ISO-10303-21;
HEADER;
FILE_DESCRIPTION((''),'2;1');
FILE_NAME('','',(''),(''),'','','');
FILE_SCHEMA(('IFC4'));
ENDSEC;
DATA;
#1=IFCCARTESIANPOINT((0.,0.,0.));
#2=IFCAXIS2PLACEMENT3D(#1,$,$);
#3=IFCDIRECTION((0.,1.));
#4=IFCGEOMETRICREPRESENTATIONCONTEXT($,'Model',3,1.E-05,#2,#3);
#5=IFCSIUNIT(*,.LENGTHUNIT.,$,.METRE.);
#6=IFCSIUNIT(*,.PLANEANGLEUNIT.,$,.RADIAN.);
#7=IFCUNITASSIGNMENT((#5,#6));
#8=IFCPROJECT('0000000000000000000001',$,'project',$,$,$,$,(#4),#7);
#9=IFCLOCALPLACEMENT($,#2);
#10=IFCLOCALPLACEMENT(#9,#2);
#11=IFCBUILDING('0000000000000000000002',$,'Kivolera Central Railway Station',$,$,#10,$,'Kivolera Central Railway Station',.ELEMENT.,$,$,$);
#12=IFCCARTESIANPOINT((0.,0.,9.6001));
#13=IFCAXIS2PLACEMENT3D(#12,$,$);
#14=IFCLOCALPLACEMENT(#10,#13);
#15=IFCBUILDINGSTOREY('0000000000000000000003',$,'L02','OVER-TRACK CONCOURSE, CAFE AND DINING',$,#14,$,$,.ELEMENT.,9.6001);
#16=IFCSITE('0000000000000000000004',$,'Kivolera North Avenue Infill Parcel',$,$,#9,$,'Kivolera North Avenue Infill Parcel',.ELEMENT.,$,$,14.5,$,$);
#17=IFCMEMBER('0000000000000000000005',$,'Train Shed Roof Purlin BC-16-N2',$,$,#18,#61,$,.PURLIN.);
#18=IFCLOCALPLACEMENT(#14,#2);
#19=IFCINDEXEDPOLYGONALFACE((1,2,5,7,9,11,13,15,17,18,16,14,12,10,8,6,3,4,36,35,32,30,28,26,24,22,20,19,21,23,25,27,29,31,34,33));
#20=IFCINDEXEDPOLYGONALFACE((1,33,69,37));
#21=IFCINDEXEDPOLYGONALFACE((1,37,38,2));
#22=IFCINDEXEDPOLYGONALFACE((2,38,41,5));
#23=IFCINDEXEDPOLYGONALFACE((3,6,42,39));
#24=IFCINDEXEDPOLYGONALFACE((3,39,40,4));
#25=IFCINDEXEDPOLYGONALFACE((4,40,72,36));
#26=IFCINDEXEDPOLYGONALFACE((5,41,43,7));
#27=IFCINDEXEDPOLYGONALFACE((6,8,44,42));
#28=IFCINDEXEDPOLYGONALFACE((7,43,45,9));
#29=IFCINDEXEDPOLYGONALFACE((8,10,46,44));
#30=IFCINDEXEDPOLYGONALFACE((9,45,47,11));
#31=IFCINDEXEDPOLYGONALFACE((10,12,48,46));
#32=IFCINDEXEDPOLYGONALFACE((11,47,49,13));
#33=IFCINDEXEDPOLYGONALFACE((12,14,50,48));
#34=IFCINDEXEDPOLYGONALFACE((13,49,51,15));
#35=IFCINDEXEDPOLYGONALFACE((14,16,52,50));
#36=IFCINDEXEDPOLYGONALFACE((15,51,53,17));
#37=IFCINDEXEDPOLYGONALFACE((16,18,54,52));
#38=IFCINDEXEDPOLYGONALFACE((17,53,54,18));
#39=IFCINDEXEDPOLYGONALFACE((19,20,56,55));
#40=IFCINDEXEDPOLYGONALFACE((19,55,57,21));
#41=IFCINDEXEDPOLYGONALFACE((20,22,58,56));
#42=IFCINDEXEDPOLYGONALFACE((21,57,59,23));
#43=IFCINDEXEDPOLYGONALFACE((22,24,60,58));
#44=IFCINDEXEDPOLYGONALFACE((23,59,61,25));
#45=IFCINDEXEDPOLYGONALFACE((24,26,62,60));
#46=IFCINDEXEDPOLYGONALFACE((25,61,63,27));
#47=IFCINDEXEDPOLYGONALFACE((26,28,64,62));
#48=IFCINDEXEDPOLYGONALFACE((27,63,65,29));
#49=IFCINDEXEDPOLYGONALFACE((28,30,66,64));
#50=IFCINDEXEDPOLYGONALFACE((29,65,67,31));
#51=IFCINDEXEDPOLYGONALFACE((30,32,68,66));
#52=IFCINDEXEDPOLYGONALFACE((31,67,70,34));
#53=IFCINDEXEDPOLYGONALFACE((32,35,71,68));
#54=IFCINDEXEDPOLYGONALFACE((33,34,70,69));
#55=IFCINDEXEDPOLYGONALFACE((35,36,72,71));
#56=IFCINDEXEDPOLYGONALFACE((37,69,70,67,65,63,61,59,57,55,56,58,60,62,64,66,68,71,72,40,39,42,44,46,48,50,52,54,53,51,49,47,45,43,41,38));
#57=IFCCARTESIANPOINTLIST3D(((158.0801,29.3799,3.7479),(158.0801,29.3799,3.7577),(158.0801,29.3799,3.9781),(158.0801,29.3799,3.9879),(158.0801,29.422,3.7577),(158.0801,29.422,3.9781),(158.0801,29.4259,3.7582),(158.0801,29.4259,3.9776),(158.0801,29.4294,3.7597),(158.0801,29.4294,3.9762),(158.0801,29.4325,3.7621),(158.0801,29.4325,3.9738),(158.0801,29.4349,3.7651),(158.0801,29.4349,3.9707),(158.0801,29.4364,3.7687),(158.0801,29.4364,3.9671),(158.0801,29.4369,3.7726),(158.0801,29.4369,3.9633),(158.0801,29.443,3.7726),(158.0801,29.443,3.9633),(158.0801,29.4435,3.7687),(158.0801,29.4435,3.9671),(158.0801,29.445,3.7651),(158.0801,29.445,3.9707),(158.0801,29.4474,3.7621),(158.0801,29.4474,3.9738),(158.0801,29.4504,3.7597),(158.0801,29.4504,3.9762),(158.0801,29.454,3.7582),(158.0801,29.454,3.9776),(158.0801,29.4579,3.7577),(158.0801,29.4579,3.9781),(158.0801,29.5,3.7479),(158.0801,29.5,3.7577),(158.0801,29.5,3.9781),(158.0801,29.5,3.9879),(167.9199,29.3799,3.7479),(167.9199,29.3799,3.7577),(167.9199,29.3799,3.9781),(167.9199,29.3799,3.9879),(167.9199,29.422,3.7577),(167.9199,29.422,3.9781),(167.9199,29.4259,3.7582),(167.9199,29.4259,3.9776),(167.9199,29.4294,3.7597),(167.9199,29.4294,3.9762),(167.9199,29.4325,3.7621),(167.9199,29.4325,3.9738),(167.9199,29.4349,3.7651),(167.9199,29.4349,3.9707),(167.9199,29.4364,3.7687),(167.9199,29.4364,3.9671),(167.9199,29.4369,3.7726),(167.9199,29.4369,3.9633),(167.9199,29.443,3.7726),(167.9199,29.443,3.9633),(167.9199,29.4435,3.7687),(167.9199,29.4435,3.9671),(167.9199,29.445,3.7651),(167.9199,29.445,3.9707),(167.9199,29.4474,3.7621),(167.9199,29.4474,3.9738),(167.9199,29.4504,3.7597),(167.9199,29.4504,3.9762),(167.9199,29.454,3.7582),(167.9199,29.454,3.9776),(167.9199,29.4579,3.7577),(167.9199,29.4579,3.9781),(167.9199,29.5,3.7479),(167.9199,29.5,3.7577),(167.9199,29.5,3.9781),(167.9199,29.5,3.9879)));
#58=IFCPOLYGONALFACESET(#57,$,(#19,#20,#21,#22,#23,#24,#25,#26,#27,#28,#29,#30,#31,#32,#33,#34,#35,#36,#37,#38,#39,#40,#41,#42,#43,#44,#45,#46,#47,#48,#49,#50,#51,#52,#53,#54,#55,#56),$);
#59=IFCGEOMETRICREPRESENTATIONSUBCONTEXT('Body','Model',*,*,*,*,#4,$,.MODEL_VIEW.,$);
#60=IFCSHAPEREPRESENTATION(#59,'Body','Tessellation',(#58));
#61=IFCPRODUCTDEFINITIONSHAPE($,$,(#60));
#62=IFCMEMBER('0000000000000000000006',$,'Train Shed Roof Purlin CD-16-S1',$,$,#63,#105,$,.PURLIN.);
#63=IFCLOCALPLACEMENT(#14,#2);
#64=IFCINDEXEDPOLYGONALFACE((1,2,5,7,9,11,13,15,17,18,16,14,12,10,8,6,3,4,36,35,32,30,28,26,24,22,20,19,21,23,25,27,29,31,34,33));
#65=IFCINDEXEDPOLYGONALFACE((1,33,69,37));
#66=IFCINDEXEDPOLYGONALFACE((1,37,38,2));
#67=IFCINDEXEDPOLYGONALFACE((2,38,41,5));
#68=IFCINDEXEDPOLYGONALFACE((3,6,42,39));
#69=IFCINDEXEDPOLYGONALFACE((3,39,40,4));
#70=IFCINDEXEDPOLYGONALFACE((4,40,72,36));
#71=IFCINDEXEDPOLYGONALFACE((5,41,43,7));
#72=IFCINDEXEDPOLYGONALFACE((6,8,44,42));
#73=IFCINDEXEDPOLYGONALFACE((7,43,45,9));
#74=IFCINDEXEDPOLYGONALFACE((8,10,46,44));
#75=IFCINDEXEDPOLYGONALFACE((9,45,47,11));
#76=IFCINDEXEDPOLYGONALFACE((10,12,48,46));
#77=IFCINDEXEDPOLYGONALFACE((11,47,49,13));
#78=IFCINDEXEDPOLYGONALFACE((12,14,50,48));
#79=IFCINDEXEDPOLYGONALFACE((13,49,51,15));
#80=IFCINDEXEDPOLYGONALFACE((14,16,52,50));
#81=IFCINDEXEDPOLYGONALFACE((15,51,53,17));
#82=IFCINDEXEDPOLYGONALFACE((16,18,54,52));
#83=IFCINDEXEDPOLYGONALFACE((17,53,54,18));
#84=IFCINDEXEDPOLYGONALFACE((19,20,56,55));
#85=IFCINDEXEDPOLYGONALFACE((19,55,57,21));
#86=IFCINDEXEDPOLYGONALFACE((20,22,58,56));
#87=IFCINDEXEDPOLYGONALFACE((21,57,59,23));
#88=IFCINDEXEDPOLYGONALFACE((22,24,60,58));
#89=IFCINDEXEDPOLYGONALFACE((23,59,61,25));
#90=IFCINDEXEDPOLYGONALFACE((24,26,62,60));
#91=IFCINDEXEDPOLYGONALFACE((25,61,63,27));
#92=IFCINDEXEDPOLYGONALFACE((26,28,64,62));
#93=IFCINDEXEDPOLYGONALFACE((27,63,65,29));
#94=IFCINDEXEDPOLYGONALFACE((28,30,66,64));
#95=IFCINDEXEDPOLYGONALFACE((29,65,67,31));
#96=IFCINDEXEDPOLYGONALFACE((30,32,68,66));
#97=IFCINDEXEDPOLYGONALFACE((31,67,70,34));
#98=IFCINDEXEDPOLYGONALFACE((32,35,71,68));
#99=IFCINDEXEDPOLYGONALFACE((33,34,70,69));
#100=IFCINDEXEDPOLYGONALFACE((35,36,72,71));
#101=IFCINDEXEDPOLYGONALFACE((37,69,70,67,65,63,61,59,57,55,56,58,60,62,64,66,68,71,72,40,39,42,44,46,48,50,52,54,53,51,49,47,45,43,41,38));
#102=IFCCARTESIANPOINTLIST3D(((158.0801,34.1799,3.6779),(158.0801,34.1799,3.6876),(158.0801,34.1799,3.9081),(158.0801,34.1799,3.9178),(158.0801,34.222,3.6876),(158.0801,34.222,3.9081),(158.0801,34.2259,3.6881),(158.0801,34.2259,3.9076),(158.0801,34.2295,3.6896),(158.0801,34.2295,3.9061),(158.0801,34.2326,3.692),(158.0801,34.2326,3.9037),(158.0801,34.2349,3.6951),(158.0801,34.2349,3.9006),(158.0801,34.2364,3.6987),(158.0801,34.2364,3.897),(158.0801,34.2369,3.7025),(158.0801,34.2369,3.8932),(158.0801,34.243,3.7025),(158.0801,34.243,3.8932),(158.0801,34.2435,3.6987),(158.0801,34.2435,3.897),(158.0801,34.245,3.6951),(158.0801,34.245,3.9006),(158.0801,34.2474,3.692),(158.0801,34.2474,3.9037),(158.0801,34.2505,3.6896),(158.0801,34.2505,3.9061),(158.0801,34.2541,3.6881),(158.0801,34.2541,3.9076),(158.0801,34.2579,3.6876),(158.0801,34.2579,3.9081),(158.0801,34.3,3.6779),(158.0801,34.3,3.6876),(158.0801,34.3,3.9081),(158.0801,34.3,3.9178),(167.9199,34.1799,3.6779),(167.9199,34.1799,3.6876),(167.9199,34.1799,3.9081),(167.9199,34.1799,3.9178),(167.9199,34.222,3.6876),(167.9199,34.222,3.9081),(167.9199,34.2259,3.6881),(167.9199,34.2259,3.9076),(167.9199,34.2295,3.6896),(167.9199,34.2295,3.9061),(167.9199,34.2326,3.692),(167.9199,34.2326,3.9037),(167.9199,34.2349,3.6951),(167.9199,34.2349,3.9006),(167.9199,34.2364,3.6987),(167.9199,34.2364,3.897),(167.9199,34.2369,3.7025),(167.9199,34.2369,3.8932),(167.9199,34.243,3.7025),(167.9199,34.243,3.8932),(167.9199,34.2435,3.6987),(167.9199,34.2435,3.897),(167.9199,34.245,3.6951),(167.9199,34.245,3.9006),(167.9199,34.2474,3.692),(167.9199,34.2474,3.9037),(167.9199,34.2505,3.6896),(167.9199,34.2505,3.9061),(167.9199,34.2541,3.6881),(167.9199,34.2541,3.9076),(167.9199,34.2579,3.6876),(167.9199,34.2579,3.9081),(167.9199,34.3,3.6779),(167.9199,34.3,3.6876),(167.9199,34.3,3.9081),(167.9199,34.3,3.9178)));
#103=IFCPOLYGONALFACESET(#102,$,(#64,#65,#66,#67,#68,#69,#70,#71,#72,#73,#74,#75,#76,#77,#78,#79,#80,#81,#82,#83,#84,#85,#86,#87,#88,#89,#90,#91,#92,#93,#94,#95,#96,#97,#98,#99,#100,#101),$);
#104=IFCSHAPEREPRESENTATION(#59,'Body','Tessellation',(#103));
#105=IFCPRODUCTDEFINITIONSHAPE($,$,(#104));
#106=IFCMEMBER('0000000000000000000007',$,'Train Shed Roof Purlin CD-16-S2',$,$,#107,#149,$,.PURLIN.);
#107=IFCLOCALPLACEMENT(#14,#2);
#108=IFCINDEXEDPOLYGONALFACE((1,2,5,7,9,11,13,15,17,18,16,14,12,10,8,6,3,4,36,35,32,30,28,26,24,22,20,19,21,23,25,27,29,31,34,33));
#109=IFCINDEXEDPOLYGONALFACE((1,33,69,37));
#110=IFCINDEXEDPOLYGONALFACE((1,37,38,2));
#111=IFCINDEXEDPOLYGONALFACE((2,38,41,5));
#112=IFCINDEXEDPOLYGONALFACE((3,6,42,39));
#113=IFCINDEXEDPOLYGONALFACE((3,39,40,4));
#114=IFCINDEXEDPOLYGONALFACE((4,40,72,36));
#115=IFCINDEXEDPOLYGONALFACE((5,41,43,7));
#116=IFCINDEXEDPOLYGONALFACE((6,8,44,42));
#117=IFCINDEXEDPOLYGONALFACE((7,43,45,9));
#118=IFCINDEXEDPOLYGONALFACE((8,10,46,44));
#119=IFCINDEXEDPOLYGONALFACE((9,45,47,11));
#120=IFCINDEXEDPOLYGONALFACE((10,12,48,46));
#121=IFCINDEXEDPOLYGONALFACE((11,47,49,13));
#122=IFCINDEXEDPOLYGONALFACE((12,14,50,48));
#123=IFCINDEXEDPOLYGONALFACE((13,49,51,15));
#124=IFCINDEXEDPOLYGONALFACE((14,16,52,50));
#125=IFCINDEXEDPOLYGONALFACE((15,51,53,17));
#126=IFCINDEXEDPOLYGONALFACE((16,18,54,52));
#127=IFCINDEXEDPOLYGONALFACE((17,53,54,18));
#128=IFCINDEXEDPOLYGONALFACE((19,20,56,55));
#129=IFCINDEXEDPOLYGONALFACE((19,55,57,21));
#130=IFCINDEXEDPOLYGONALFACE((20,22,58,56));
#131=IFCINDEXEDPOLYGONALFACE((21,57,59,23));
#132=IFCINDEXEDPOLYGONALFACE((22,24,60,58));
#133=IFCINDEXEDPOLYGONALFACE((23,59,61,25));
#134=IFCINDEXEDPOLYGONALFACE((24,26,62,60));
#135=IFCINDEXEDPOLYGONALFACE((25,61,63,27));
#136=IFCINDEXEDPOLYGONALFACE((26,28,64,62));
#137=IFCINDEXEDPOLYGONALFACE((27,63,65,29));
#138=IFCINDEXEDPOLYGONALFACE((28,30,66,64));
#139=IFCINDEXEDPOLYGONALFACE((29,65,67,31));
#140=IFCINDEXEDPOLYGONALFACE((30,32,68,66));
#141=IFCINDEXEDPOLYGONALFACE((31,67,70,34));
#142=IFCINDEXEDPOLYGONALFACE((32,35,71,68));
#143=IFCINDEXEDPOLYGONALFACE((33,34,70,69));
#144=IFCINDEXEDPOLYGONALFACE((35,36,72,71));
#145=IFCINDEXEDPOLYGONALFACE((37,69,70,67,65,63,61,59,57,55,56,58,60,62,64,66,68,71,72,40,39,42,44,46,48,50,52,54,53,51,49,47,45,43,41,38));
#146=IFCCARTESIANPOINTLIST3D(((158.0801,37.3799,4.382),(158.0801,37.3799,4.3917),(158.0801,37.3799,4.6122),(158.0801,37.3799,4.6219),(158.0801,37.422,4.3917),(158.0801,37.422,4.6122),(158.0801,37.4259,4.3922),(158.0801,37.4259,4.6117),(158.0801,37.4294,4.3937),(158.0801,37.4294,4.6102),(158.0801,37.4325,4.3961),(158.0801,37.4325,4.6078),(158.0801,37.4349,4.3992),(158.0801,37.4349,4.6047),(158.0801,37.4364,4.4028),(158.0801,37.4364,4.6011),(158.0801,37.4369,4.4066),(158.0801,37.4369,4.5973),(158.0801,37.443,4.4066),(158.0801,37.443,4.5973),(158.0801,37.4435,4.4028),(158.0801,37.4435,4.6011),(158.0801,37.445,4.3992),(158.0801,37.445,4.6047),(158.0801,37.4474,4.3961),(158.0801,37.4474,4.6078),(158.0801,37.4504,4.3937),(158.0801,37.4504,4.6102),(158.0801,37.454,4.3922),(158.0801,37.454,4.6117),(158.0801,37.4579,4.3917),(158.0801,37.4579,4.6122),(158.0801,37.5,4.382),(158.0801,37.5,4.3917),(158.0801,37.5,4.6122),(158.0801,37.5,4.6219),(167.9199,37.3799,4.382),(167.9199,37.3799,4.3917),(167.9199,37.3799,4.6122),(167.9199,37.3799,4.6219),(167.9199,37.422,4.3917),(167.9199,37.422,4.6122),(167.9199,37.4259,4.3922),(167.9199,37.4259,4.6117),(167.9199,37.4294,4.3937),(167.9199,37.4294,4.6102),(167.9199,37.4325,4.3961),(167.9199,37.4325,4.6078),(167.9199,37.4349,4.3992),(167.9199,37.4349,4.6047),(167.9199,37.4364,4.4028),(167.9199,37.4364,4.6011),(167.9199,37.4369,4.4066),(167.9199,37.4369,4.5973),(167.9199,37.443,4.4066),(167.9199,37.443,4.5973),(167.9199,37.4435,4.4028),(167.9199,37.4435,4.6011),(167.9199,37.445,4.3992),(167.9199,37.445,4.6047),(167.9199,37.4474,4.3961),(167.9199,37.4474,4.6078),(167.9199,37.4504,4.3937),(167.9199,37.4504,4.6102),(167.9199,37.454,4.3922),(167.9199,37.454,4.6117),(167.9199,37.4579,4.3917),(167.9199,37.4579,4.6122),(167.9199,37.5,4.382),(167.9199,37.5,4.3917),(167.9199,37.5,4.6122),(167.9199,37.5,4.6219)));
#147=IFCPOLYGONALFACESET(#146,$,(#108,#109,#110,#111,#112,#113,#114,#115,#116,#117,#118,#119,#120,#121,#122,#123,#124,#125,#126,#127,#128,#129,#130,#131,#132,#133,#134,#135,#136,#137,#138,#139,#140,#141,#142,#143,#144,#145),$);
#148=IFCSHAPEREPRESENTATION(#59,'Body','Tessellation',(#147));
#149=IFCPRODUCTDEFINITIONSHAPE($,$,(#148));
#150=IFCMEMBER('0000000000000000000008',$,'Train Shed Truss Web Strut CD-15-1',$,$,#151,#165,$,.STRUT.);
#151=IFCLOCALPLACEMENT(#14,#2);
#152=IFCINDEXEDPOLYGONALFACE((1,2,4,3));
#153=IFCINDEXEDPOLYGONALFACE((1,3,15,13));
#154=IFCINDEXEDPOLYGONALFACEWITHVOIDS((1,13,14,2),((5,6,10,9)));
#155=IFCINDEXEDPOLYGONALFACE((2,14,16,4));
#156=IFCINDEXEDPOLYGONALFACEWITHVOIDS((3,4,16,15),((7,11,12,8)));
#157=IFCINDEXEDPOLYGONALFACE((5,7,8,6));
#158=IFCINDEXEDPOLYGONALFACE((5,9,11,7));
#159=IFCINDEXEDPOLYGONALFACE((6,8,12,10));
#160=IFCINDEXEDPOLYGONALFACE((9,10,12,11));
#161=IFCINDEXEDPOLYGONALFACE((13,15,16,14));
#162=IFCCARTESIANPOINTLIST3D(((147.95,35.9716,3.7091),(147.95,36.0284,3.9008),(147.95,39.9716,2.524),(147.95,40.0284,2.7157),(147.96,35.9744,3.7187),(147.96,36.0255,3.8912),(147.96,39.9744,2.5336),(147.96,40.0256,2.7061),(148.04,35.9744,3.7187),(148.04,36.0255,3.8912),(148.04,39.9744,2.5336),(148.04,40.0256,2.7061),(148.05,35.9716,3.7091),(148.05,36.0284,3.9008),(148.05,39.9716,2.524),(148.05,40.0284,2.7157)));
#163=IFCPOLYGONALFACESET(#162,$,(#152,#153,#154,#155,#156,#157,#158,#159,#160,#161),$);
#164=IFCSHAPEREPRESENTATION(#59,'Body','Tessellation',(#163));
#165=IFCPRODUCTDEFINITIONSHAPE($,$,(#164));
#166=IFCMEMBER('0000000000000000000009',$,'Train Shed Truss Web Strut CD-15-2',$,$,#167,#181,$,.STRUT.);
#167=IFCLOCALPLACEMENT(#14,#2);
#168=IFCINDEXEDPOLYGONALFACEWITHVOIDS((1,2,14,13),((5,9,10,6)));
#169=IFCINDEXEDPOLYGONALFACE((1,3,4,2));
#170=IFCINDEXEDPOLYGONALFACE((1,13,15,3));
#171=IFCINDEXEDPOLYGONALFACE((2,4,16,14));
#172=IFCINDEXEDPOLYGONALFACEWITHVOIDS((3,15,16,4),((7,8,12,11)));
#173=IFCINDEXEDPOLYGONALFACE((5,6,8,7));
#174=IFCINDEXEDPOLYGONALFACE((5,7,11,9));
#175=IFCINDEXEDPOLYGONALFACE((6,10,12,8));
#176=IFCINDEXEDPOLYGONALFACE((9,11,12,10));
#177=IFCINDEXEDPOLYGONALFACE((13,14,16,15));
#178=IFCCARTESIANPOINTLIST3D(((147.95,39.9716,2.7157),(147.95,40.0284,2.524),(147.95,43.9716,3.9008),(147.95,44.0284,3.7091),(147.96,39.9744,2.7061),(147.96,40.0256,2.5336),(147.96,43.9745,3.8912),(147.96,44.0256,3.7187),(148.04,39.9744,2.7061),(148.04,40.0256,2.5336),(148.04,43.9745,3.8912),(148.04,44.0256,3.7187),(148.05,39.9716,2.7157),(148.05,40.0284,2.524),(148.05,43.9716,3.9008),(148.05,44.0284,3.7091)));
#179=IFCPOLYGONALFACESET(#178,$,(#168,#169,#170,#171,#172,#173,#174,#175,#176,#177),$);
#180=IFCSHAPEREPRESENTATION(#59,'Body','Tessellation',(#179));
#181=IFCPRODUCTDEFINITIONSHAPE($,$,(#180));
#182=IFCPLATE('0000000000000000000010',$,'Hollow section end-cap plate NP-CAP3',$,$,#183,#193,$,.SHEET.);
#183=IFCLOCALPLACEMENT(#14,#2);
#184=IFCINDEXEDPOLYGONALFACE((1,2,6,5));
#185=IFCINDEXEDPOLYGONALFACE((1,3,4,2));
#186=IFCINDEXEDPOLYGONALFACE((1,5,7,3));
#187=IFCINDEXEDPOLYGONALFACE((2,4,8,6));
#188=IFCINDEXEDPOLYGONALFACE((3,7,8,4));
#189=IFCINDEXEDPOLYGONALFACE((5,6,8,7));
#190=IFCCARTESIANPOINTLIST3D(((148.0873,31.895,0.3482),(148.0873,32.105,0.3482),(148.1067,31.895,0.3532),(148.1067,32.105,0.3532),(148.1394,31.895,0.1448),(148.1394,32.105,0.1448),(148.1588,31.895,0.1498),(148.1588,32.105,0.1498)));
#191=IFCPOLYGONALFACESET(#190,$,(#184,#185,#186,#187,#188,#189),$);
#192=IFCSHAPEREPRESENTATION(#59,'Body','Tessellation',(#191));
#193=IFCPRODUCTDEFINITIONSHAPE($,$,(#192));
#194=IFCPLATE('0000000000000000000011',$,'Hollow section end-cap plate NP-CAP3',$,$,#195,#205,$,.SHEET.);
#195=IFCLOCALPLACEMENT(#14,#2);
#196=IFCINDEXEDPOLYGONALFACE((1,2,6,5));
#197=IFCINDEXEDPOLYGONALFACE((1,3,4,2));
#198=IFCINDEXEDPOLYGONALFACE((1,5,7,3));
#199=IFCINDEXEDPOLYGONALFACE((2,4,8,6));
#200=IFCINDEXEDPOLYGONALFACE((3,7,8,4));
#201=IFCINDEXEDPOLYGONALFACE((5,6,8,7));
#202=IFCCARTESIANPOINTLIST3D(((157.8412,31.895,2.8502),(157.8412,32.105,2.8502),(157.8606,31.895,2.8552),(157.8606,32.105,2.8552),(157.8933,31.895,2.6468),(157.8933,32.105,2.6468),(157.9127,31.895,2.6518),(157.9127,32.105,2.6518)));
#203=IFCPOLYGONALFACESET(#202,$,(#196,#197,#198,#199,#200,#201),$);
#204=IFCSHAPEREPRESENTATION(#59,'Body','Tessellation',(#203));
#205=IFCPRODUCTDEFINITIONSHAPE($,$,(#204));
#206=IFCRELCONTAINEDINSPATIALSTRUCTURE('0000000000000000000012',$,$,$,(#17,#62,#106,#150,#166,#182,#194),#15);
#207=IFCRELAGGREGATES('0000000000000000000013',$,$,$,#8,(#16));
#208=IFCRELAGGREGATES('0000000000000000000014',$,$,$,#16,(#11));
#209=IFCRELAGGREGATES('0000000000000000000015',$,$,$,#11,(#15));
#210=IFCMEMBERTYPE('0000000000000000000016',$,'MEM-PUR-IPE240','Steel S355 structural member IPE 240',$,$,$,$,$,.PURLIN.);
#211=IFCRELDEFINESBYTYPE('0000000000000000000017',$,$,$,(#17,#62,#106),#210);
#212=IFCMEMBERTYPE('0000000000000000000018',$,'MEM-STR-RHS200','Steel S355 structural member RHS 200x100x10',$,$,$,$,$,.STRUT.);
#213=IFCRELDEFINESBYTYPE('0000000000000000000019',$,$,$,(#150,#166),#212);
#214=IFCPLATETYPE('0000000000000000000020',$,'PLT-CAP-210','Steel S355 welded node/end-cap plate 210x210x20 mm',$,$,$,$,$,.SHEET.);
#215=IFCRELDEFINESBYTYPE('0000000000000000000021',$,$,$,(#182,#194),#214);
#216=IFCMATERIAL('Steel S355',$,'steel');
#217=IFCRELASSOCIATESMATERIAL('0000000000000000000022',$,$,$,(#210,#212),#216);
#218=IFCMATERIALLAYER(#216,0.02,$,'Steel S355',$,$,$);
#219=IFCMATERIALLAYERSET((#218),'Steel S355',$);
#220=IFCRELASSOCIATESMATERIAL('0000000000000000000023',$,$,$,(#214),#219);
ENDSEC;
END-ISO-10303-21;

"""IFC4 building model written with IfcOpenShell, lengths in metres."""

from ifc_helpers import new_model, si_unit, direction, frame, origin, origin_2d, place, context, subcontext, project, spatial, rectangle, hollow_rectangle, i_section, extrude, material, layer, layer_set, material_profile, profile_set, type_object, element, save


model = new_model("IFC4")

# Units and contexts
model_context = context("Model", 3, precision=1e-05, world=origin(), true_north=direction((0.0, 1.0)))
body_context = subcontext(model_context, "Body", "Model", "MODEL_VIEW")
ifc_project = project(units=[si_unit("LENGTHUNIT", "METRE"), si_unit("PLANEANGLEUNIT", "RADIAN")], contexts=[model_context])

# Site, building, storey
site_placement = place(None, origin())
site = spatial("IfcSite", under=ifc_project, at=site_placement, Name="Kivolera North Avenue Infill Parcel", LongName="Kivolera North Avenue Infill Parcel", CompositionType="ELEMENT", RefElevation=14.5)
building_placement = place(site_placement, origin())
building = spatial("IfcBuilding", under=site, at=building_placement, Name="Kivolera Central Railway Station", LongName="Kivolera Central Railway Station", CompositionType="ELEMENT")
storey_placement = place(building_placement, frame((0.0, 0.0, 9.6001)))
storey = spatial("IfcBuildingStorey", under=building, at=storey_placement, Name="L02", Description="OVER-TRACK CONCOURSE, CAFE AND DINING", CompositionType="ELEMENT", Elevation=9.6001)

# Shared definitions
ifc_material_1 = material(Name="Steel S355", Category="steel")

# Members
ifc_material_profile_1 = material_profile(ifc_material_1, i_section(OverallWidth=0.1201, OverallDepth=0.24, WebThickness=0.0061, FlangeThickness=0.0098, FilletRadius=0.0149, at=origin_2d()), Name="IPE 240")
ifc_profile_set_1 = profile_set([ifc_material_profile_1], Name="Steel S355")
member_type_1 = type_object("IfcMemberType", Name="MEM-PUR-IPE240", Description="Steel S355 structural member IPE 240", PredefinedType="PURLIN", material=ifc_profile_set_1)
for number, where, z_axis, x_axis, name in (
    (1, (158.0801, 29.4399, 3.8679), (1.0, 0.0, 0.0), (0.0, 1.0, 0.0), "Train Shed Roof Purlin BC-16-N2"),
    (2, (158.0801, 34.24, 3.7979), (1.0, 0.0, 0.0), (0.0, 1.0, 0.0), "Train Shed Roof Purlin CD-16-S1"),
    (3, (158.0801, 37.4399, 4.502), (1.0, 0.0, 0.0), (0.0, 1.0, 0.0), "Train Shed Roof Purlin CD-16-S2"),
):
    element("IfcMember", number, at=place(storey_placement, frame(where, z_axis=z_axis, x_axis=x_axis)), inside=storey, type_object=member_type_1, Name=name, PredefinedType="PURLIN", context=body_context, shape_type="SweptSolid", body=[
        extrude(i_section(OverallWidth=0.1201, OverallDepth=0.24, WebThickness=0.0061, FlangeThickness=0.0098, FilletRadius=0.0149, at=origin_2d()), origin(), (0.0, 0.0, 1.0), 9.8398),
    ])
ifc_material_profile_2 = material_profile(ifc_material_1, hollow_rectangle(XDim=0.1001, YDim=0.2, WallThickness=0.01, at=origin_2d()), Name="RHS 200x100x10")
ifc_profile_set_2 = profile_set([ifc_material_profile_2], Name="Steel S355")
member_type_2 = type_object("IfcMemberType", Name="MEM-STR-RHS200", Description="Steel S355 structural member RHS 200x100x10", PredefinedType="STRUT", material=ifc_profile_set_2)
for number, where, z_axis, x_axis, name in (
    (4, (148.0, 40.0, 2.6199), (0.0, -0.958806, 0.28406), (1.0, 0.0, 0.0), "Train Shed Truss Web Strut CD-15-1"),
    (5, (148.0, 40.0, 2.6199), (0.0, 0.958806, 0.28406), (-1.0, 0.0, 0.0), "Train Shed Truss Web Strut CD-15-2"),
):
    element("IfcMember", number, at=place(storey_placement, frame(where, z_axis=z_axis, x_axis=x_axis)), inside=storey, type_object=member_type_2, Name=name, PredefinedType="STRUT", context=body_context, shape_type="SweptSolid", body=[
        extrude(hollow_rectangle(XDim=0.1001, YDim=0.2, WallThickness=0.01, at=origin_2d()), origin(), (0.0, 0.0, 1.0), 4.1719),
    ])

# Plates
ifc_layer_1 = layer(ifc_material_1, 0.02, Name="Steel S355")
ifc_layer_set_1 = layer_set([ifc_layer_1], Name="Steel S355")
plate_type_1 = type_object("IfcPlateType", Name="PLT-CAP-210", Description="Steel S355 welded node/end-cap plate 210x210x20 mm", PredefinedType="SHEET", material=ifc_layer_set_1)
for number, where, z_axis, x_axis, name in (
    (6, (148.123, 32.0, 0.249), (0.968639, 0.0, 0.248471), (0.0, 1.0, 0.0), "Hollow section end-cap plate NP-CAP3"),
    (7, (157.877, 32.0, 2.751), (0.968639, 0.0, 0.248471), (0.0, 1.0, 0.0), "Hollow section end-cap plate NP-CAP3"),
):
    element("IfcPlate", number, at=place(storey_placement, frame(where, z_axis=z_axis, x_axis=x_axis)), inside=storey, type_object=plate_type_1, Name=name, PredefinedType="SHEET", context=body_context, shape_type="SweptSolid", body=[
        extrude(rectangle(XDim=0.21, YDim=0.21, at=origin_2d()), frame((0.0, 0.0, -0.01)), (0.0, 0.0, 1.0), 0.02),
    ])

save(model, "model.ifc")
